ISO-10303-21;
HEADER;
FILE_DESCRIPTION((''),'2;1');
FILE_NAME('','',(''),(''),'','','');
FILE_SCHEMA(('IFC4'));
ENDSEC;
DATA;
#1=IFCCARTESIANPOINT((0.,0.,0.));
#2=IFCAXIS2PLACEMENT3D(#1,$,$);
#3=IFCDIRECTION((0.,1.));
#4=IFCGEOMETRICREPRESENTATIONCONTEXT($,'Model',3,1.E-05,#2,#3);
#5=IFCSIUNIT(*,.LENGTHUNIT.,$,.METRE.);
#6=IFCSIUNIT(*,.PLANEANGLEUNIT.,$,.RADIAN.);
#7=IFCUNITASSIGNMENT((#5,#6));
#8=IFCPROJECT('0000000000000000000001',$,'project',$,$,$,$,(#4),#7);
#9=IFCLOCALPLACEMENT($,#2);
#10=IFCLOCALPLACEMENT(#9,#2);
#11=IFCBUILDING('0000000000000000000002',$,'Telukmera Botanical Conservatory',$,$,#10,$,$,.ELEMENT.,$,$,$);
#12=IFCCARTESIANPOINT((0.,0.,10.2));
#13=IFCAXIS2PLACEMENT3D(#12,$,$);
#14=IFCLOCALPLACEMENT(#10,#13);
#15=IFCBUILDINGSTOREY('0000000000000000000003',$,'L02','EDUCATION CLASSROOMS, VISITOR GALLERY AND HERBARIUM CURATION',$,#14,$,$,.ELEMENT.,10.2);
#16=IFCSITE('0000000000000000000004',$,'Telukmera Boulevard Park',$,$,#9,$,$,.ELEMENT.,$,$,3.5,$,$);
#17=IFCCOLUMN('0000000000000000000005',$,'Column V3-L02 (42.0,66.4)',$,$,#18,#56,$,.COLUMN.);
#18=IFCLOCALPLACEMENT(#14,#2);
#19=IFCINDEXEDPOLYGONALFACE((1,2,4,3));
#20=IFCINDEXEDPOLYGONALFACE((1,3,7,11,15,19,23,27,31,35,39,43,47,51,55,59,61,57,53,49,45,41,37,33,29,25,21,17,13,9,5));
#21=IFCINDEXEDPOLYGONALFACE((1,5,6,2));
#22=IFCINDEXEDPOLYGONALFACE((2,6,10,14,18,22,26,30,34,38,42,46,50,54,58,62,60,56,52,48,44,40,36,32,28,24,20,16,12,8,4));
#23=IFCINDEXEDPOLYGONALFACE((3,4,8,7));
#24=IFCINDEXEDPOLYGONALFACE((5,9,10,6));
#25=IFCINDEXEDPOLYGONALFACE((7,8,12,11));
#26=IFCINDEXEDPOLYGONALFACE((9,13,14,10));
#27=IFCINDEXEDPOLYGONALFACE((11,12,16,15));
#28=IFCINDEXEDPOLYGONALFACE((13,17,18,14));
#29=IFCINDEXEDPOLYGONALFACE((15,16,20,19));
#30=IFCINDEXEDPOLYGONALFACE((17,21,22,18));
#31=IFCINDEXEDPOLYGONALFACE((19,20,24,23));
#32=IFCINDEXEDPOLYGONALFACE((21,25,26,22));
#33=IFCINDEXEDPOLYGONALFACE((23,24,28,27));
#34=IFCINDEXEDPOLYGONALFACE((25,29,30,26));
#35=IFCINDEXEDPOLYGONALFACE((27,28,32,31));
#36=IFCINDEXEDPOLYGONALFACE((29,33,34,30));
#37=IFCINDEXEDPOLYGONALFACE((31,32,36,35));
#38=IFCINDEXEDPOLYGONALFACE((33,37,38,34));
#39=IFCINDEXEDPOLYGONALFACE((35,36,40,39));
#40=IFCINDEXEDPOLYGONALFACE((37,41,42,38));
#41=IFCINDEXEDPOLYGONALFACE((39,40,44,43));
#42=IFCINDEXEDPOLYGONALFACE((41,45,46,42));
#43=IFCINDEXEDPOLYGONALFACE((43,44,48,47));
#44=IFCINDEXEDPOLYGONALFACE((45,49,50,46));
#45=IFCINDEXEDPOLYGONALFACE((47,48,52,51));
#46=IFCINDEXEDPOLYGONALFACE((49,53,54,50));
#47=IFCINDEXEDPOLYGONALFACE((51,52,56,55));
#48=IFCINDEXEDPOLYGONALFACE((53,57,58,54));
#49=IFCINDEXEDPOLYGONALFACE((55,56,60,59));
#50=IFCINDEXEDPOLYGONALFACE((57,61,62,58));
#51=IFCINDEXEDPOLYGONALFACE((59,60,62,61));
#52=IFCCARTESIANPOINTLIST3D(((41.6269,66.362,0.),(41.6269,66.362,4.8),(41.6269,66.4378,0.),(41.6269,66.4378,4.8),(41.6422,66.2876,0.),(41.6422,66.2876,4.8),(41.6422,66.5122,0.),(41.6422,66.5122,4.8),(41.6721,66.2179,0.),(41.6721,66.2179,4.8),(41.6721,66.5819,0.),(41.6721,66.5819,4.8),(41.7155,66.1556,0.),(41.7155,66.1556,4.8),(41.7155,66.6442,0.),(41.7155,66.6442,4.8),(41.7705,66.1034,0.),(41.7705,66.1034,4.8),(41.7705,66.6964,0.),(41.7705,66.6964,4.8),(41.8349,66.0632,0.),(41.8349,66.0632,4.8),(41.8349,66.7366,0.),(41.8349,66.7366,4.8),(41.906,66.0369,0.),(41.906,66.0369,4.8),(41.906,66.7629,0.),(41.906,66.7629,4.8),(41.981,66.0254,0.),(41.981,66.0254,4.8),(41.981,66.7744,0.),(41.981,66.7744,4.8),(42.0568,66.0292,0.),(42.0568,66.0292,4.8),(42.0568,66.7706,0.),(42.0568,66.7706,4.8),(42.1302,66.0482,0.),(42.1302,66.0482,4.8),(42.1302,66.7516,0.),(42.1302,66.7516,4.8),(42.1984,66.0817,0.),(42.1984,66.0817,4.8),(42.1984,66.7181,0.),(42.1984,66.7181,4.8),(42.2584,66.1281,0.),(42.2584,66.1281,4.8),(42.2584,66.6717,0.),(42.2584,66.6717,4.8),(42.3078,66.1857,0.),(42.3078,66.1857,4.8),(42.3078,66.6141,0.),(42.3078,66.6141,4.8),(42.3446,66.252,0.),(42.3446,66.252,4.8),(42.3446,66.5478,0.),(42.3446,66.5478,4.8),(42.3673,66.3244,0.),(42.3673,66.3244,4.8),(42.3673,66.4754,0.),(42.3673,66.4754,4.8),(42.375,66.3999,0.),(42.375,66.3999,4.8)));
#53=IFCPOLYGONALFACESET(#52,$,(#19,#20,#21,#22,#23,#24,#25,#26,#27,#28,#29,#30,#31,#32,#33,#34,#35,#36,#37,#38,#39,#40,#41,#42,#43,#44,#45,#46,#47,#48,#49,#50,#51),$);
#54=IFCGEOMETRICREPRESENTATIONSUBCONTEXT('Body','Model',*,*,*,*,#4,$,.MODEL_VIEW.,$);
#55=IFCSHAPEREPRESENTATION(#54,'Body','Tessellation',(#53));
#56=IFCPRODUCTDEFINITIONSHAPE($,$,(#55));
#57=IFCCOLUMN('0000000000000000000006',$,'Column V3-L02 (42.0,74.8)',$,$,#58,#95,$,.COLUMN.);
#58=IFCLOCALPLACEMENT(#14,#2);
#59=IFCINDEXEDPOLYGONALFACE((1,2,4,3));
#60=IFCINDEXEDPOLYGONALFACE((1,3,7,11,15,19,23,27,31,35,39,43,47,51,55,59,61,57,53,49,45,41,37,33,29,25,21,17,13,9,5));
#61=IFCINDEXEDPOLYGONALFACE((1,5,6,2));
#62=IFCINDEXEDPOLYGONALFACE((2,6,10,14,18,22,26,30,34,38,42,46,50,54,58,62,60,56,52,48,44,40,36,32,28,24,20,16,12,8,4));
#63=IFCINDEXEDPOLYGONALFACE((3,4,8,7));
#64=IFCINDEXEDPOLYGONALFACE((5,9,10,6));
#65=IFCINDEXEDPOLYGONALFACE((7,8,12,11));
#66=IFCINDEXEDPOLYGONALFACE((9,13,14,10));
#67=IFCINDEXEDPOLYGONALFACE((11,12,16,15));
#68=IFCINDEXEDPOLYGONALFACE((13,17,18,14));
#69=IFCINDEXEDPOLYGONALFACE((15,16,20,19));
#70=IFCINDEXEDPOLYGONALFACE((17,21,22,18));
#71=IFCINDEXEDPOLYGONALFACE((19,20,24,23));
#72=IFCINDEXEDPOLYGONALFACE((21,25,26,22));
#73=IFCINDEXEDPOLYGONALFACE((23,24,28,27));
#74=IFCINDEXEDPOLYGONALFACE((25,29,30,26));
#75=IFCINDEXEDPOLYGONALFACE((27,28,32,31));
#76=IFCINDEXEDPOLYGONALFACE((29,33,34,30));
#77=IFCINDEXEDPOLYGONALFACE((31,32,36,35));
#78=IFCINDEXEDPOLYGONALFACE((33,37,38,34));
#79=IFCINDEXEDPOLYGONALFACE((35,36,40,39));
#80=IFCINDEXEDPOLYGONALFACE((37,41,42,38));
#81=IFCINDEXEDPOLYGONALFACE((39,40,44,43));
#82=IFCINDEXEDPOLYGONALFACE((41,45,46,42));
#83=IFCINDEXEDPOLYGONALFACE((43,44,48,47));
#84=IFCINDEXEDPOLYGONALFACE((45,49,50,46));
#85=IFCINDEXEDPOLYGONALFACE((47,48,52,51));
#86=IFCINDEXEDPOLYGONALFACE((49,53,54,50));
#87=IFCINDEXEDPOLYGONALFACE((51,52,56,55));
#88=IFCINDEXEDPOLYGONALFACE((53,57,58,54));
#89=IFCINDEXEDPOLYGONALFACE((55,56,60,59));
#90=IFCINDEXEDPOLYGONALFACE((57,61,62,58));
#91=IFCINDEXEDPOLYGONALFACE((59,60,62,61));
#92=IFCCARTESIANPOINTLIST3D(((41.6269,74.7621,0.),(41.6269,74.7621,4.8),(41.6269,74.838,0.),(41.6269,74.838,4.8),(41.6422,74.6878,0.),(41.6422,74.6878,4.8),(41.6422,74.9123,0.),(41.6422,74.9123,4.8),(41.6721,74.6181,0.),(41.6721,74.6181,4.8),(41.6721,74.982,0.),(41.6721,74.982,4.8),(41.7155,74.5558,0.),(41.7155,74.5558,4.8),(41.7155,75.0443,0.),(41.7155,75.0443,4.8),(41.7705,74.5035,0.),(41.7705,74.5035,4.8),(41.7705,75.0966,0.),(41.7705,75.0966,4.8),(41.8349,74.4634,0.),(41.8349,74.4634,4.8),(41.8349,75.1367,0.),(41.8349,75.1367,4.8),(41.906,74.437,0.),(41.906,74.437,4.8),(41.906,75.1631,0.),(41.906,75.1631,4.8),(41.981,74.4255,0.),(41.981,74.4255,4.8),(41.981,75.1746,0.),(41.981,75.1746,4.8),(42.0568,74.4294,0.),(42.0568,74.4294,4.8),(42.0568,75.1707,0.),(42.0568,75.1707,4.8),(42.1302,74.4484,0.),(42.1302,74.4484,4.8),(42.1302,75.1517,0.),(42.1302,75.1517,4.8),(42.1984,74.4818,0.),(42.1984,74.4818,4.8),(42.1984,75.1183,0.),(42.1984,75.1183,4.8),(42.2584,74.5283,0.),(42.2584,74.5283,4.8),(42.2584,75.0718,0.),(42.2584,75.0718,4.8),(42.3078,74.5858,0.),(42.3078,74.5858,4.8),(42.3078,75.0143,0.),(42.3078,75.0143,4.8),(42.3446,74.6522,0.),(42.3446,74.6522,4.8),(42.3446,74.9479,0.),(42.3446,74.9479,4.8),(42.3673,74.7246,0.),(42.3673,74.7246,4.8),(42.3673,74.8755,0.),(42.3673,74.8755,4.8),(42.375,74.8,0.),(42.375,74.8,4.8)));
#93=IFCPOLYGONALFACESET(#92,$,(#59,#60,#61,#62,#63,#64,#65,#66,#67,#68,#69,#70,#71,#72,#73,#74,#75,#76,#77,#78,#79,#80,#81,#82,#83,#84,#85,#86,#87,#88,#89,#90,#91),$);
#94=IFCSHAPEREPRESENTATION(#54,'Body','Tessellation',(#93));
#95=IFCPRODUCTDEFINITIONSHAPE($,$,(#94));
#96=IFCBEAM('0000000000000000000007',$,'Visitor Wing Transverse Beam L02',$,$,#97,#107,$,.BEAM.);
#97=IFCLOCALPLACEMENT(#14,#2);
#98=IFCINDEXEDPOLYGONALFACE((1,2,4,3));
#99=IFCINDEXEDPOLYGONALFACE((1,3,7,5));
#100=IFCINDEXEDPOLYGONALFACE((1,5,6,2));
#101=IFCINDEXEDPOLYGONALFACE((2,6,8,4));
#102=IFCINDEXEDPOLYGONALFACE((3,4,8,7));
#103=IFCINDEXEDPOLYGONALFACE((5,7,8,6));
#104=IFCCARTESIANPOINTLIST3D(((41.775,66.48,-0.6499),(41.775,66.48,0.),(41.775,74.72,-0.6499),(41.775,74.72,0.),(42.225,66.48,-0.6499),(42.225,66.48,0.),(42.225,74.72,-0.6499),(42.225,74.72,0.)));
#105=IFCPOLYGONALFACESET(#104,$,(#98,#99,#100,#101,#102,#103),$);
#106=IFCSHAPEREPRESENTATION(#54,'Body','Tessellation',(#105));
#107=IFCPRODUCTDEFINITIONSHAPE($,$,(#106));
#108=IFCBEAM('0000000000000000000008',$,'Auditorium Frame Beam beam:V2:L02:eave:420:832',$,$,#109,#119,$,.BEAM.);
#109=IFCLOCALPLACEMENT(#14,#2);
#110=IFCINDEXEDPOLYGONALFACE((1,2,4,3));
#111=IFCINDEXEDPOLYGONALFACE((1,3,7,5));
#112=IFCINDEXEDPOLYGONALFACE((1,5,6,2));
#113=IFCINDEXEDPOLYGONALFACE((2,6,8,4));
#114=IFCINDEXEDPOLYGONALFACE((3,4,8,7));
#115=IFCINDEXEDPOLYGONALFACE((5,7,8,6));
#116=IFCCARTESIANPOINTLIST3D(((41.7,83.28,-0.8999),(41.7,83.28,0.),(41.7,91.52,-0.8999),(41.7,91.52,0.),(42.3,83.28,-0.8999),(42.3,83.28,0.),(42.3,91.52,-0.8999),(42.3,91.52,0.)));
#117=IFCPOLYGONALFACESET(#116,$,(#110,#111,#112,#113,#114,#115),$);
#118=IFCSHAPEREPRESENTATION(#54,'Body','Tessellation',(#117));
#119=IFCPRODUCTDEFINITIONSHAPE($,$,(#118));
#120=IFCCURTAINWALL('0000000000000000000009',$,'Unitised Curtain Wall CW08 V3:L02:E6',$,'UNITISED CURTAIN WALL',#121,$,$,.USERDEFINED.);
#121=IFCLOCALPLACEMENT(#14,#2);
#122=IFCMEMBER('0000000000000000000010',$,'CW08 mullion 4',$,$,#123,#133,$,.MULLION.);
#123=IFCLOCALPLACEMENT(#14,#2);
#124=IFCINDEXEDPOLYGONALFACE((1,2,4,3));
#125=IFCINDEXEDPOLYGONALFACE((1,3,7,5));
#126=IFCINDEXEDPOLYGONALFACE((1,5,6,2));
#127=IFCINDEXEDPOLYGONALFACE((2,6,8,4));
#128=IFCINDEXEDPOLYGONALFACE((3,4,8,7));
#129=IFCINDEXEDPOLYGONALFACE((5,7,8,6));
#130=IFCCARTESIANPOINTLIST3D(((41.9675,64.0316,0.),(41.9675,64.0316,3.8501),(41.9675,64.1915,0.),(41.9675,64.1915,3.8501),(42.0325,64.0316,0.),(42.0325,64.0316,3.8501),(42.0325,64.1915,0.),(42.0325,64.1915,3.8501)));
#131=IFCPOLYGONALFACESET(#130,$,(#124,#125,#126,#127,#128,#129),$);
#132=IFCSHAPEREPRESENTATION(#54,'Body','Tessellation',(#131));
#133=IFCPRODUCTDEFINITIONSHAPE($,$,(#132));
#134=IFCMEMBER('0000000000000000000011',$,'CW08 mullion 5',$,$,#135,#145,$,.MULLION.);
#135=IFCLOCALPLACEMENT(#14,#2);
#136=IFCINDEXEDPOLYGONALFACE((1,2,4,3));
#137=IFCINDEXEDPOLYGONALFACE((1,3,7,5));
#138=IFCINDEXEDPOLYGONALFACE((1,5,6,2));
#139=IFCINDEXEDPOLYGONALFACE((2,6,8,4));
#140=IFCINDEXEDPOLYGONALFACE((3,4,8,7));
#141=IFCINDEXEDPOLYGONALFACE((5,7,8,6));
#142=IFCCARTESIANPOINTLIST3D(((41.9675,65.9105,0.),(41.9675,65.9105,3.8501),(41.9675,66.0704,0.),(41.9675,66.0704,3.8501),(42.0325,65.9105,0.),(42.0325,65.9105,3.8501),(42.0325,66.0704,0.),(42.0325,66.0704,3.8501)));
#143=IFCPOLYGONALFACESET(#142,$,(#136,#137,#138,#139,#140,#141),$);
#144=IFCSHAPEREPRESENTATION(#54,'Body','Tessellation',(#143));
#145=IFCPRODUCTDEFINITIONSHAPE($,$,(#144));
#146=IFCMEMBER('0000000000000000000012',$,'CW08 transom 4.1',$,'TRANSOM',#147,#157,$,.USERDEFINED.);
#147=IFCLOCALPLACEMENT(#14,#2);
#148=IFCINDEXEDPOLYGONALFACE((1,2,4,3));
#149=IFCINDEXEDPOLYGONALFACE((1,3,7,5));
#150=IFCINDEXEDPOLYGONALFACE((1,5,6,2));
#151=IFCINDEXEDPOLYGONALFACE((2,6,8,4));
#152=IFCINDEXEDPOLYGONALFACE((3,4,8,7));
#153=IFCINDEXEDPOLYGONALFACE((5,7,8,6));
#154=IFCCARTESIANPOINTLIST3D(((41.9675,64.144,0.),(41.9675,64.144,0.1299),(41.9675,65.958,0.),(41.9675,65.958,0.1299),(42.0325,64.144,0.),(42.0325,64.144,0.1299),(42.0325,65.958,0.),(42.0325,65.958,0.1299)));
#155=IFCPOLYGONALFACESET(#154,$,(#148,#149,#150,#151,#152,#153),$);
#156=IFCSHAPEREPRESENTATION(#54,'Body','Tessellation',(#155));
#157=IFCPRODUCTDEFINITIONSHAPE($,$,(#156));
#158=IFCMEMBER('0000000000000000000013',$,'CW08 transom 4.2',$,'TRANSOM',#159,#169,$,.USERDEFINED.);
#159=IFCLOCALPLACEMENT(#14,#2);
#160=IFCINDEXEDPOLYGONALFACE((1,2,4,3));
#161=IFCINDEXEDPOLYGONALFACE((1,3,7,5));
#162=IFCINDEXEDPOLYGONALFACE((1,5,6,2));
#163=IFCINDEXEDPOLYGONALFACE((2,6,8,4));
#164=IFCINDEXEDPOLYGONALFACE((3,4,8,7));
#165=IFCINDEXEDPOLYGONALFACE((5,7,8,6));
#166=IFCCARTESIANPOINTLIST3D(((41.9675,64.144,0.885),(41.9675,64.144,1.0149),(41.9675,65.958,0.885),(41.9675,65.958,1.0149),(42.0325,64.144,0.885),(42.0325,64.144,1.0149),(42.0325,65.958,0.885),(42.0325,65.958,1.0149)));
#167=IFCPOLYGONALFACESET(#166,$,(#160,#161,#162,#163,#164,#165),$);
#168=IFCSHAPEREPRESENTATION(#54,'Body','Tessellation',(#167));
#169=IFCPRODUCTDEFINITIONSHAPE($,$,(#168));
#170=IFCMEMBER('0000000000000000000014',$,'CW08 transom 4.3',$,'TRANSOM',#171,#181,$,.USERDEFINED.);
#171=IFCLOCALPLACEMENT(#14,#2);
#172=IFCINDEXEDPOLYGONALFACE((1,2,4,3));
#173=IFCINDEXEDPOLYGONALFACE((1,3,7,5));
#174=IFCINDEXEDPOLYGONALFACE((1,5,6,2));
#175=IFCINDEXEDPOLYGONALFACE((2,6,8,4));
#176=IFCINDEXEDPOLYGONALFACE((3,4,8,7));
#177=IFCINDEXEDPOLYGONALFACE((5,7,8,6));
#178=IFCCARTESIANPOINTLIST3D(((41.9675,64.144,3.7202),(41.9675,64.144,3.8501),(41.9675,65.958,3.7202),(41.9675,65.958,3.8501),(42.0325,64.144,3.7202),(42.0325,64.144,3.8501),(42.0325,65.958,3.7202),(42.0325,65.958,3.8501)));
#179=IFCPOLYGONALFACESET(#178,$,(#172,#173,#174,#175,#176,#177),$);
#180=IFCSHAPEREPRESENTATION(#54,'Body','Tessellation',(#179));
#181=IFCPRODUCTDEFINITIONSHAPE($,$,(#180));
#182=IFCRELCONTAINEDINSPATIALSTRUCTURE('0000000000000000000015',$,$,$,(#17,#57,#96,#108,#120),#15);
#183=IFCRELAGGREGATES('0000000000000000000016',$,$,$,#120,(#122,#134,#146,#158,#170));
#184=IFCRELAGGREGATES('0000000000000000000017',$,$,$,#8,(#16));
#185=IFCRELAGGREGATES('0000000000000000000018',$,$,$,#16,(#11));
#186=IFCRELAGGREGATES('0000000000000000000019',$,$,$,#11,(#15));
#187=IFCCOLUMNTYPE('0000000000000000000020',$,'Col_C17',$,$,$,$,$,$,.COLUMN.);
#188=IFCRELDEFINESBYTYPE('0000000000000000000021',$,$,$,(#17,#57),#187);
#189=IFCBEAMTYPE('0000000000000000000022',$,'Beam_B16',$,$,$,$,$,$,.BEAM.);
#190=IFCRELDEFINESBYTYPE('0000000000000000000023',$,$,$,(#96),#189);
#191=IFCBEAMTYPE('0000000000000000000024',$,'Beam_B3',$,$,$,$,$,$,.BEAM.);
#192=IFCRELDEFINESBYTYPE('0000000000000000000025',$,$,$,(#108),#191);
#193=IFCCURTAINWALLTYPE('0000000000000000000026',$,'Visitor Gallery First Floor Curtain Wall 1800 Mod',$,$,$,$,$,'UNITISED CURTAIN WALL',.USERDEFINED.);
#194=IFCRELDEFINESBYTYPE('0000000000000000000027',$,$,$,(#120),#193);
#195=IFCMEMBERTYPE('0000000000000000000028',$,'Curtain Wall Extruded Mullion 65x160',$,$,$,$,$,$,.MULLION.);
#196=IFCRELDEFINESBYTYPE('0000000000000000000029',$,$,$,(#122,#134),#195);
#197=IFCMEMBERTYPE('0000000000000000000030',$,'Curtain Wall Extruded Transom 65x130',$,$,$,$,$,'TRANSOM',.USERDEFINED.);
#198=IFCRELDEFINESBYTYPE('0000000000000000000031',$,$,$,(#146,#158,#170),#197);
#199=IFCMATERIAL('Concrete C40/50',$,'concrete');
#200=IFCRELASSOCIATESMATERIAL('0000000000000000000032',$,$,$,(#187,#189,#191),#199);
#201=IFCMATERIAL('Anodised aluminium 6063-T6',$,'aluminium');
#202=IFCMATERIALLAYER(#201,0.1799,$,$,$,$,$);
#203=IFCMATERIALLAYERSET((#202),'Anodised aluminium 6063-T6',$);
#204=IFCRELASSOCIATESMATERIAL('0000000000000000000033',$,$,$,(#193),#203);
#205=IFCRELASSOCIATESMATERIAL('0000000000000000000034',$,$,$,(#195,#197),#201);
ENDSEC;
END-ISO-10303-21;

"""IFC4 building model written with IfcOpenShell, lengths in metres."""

from ifc_helpers import new_model, si_unit, direction, frame, origin, origin_2d, place, context, subcontext, project, spatial, rectangle, circle, extrude, material, layer, layer_set, material_profile, profile_set, type_object, element, aggregate, save


model = new_model("IFC4")

# Units and contexts
model_context = context("Model", 3, precision=1e-05, world=origin(), true_north=direction((0.0, 1.0)))
body_context = subcontext(model_context, "Body", "Model", "MODEL_VIEW")
ifc_project = project(units=[si_unit("LENGTHUNIT", "METRE"), si_unit("PLANEANGLEUNIT", "RADIAN")], contexts=[model_context])

# Site, building, storey
site_placement = place(None, origin())
site = spatial("IfcSite", under=ifc_project, at=site_placement, Name="Telukmera Boulevard Park", CompositionType="ELEMENT", RefElevation=3.5)
building_placement = place(site_placement, origin())
building = spatial("IfcBuilding", under=site, at=building_placement, Name="Telukmera Botanical Conservatory", CompositionType="ELEMENT")
storey_placement = place(building_placement, frame((0.0, 0.0, 10.2)))
storey = spatial("IfcBuildingStorey", under=building, at=storey_placement, Name="L02", Description="EDUCATION CLASSROOMS, VISITOR GALLERY AND HERBARIUM CURATION", CompositionType="ELEMENT", Elevation=10.2)

# Columns
ifc_material_1 = material(Name="Concrete C40/50", Category="concrete")
ifc_material_profile_1 = material_profile(ifc_material_1, circle(Radius=0.375, at=origin_2d()), Name="RC D750")
ifc_profile_set_1 = profile_set([ifc_material_profile_1], Name="Concrete C40/50")
column_type = type_object("IfcColumnType", Name="Col_C17", PredefinedType="COLUMN", material=ifc_profile_set_1)
for number, where, z_axis, x_axis, name in (
    (1, (42.0, 66.3999, 0.0), (0.0, 0.0, 1.0), (1.0, 0.0, 0.0), "Column V3-L02 (42.0,66.4)"),
    (2, (42.0, 74.8, 0.0), (0.0, 0.0, 1.0), (1.0, 0.0, 0.0), "Column V3-L02 (42.0,74.8)"),
):
    element("IfcColumn", number, at=place(storey_placement, frame(where, z_axis=z_axis, x_axis=x_axis)), inside=storey, type_object=column_type, Name=name, PredefinedType="COLUMN", context=body_context, shape_type="SweptSolid", body=[
        extrude(circle(Radius=0.375, at=origin_2d()), origin(), (0.0, 0.0, 1.0), 4.8),
    ])

# Beams
ifc_material_profile_2 = material_profile(ifc_material_1, rectangle(XDim=0.45, YDim=0.6499, at=origin_2d()), Name="RC 450x650")
ifc_profile_set_2 = profile_set([ifc_material_profile_2], Name="Concrete C40/50")
beam_type_1 = type_object("IfcBeamType", Name="Beam_B16", PredefinedType="BEAM", material=ifc_profile_set_2)
beam_1_placement = place(storey_placement, frame((42.0, 66.48, -0.325), z_axis=(0.0, 1.0, 0.0), x_axis=(-1.0, 0.0, 0.0)))
element("IfcBeam", 3, at=beam_1_placement, inside=storey, type_object=beam_type_1, Name="Visitor Wing Transverse Beam L02", PredefinedType="BEAM", context=body_context, shape_type="SweptSolid", body=[
    extrude(rectangle(XDim=0.45, YDim=0.6499, at=origin_2d()), origin(), (0.0, 0.0, 1.0), 8.24),
])
ifc_material_profile_3 = material_profile(ifc_material_1, rectangle(XDim=0.6001, YDim=0.8999, at=origin_2d()), Name="RC 600x900")
ifc_profile_set_3 = profile_set([ifc_material_profile_3], Name="Concrete C40/50")
beam_type_2 = type_object("IfcBeamType", Name="Beam_B3", PredefinedType="BEAM", material=ifc_profile_set_3)
beam_2_placement = place(storey_placement, frame((42.0, 83.28, -0.45), z_axis=(0.0, 1.0, 0.0), x_axis=(-1.0, 0.0, 0.0)))
element("IfcBeam", 4, at=beam_2_placement, inside=storey, type_object=beam_type_2, Name="Auditorium Frame Beam beam:V2:L02:eave:420:832", PredefinedType="BEAM", context=body_context, shape_type="SweptSolid", body=[
    extrude(rectangle(XDim=0.6001, YDim=0.8999, at=origin_2d()), origin(), (0.0, 0.0, 1.0), 8.24),
])

# Curtain wall, members
ifc_material_2 = material(Name="Anodised aluminium 6063-T6", Category="aluminium")
ifc_layer_1 = layer(ifc_material_2, 0.1799)
ifc_layer_set_1 = layer_set([ifc_layer_1], Name="Anodised aluminium 6063-T6")
curtain_wall_type = type_object("IfcCurtainWallType", Name="Visitor Gallery First Floor Curtain Wall 1800 Mod", ElementType="UNITISED CURTAIN WALL", PredefinedType="USERDEFINED", material=ifc_layer_set_1)
curtain_wall_placement = place(storey_placement, origin())
curtain_wall = element("IfcCurtainWall", 5, at=curtain_wall_placement, inside=storey, type_object=curtain_wall_type, Name="Unitised Curtain Wall CW08 V3:L02:E6", ObjectType="UNITISED CURTAIN WALL", PredefinedType="USERDEFINED")
ifc_material_profile_4 = material_profile(ifc_material_2, rectangle(XDim=0.0649, YDim=0.1599, at=origin_2d()), Name="ALU MULL 65x160")
ifc_profile_set_4 = profile_set([ifc_material_profile_4], Name="Anodised aluminium 6063-T6")
member_type_1 = type_object("IfcMemberType", Name="Curtain Wall Extruded Mullion 65x160", PredefinedType="MULLION", material=ifc_profile_set_4)
member_1_placement = place(storey_placement, frame((42.0, 64.1116, 0.0), z_axis=(0.0, 0.0, 1.0), x_axis=(-1.0, 0.0, 0.0)))
member_1 = element("IfcMember", 6, at=member_1_placement, type_object=member_type_1, Name="CW08 mullion 4", PredefinedType="MULLION", context=body_context, shape_type="SweptSolid", body=[
    extrude(rectangle(XDim=0.0649, YDim=0.1599, at=origin_2d()), origin(), (0.0, 0.0, 1.0), 3.8501),
])
member_2_placement = place(storey_placement, frame((42.0, 65.9905, 0.0), z_axis=(0.0, 0.0, 1.0), x_axis=(-1.0, 0.0, 0.0)))
member_2 = element("IfcMember", 7, at=member_2_placement, type_object=member_type_1, Name="CW08 mullion 5", PredefinedType="MULLION", context=body_context, shape_type="SweptSolid", body=[
    extrude(rectangle(XDim=0.0649, YDim=0.1599, at=origin_2d()), origin(), (0.0, 0.0, 1.0), 3.8501),
])
ifc_material_profile_5 = material_profile(ifc_material_2, rectangle(XDim=0.0649, YDim=0.1299, at=origin_2d()), Name="ALU TRAN 65x130")
ifc_profile_set_5 = profile_set([ifc_material_profile_5], Name="Anodised aluminium 6063-T6")
member_type_2 = type_object("IfcMemberType", Name="Curtain Wall Extruded Transom 65x130", ElementType="TRANSOM", PredefinedType="USERDEFINED", material=ifc_profile_set_5)
member_3_placement = place(storey_placement, frame((42.0, 64.144, 0.0649), z_axis=(0.0, 1.0, 0.0), x_axis=(-1.0, 0.0, 0.0)))
member_3 = element("IfcMember", 8, at=member_3_placement, type_object=member_type_2, Name="CW08 transom 4.1", ObjectType="TRANSOM", PredefinedType="USERDEFINED", context=body_context, shape_type="SweptSolid", body=[
    extrude(rectangle(XDim=0.0649, YDim=0.1299, at=origin_2d()), origin(), (0.0, 0.0, 1.0), 1.814),
])
member_4_placement = place(storey_placement, frame((42.0, 64.144, 0.95), z_axis=(0.0, 1.0, 0.0), x_axis=(-1.0, 0.0, 0.0)))
member_4 = element("IfcMember", 9, at=member_4_placement, type_object=member_type_2, Name="CW08 transom 4.2", ObjectType="TRANSOM", PredefinedType="USERDEFINED", context=body_context, shape_type="SweptSolid", body=[
    extrude(rectangle(XDim=0.0649, YDim=0.1299, at=origin_2d()), origin(), (0.0, 0.0, 1.0), 1.814),
])
member_5_placement = place(storey_placement, frame((42.0, 64.144, 3.7852), z_axis=(0.0, 1.0, 0.0), x_axis=(-1.0, 0.0, 0.0)))
member_5 = element("IfcMember", 10, at=member_5_placement, type_object=member_type_2, Name="CW08 transom 4.3", ObjectType="TRANSOM", PredefinedType="USERDEFINED", context=body_context, shape_type="SweptSolid", body=[
    extrude(rectangle(XDim=0.0649, YDim=0.1299, at=origin_2d()), origin(), (0.0, 0.0, 1.0), 1.814),
])

aggregate(curtain_wall, [member_1, member_2, member_3, member_4, member_5])

save(model, "model.ifc")
